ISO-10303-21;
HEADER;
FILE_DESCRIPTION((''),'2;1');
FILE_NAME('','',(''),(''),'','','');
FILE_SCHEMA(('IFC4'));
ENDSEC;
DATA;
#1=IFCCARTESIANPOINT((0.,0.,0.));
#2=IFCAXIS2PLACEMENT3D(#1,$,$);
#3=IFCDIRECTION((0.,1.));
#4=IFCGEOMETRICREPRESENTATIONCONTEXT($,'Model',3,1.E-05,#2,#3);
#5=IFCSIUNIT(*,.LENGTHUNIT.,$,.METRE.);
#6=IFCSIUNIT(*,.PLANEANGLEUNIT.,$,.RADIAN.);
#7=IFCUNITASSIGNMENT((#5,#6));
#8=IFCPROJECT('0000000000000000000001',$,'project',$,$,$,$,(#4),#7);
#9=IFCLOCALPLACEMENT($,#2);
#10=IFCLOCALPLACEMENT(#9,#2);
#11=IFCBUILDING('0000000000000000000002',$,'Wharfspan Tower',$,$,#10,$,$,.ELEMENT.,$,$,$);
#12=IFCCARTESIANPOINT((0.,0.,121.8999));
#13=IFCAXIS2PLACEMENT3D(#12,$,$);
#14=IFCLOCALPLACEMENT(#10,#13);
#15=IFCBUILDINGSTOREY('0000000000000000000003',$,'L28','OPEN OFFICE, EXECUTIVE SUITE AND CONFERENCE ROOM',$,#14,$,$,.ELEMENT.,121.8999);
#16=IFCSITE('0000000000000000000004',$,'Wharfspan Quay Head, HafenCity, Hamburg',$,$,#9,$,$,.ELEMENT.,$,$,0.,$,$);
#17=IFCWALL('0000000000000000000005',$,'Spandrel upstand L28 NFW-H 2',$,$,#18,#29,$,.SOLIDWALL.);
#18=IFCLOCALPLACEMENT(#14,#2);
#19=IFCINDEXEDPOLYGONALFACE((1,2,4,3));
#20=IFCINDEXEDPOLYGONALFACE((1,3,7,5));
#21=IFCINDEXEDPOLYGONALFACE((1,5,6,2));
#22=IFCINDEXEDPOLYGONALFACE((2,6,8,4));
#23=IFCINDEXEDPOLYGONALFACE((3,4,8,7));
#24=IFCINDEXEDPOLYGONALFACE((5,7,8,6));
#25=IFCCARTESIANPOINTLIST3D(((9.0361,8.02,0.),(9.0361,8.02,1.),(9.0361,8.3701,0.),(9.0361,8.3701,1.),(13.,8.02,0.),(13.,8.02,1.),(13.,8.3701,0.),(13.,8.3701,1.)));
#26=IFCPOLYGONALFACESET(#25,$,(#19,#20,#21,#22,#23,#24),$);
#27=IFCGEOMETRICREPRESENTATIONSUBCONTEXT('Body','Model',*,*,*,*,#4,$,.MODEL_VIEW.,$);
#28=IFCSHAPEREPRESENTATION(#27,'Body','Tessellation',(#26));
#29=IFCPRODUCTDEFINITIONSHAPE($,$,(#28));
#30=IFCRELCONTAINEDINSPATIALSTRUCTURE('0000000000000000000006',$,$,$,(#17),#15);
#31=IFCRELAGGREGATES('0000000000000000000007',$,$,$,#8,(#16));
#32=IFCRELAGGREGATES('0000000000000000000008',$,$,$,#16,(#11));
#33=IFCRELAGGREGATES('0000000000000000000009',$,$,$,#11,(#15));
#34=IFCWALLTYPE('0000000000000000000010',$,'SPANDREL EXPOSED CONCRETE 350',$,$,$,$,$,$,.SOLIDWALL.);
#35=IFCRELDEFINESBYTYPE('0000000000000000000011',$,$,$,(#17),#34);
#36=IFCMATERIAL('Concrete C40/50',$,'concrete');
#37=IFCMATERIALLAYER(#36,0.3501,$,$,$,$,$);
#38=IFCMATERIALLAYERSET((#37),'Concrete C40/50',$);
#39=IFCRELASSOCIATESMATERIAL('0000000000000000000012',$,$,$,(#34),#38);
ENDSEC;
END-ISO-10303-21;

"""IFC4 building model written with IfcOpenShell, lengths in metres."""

from ifc_helpers import new_model, si_unit, direction, frame, frame_2d, origin, place, context, subcontext, project, spatial, rectangle, extrude, material, layer, layer_set, type_object, element, save


model = new_model("IFC4")

# Units and contexts
model_context = context("Model", 3, precision=1e-05, world=origin(), true_north=direction((0.0, 1.0)))
body_context = subcontext(model_context, "Body", "Model", "MODEL_VIEW")
ifc_project = project(units=[si_unit("LENGTHUNIT", "METRE"), si_unit("PLANEANGLEUNIT", "RADIAN")], contexts=[model_context])

# Site, building, storey
site_placement = place(None, origin())
site = spatial("IfcSite", under=ifc_project, at=site_placement, Name="Wharfspan Quay Head, HafenCity, Hamburg", CompositionType="ELEMENT", RefElevation=0.0)
building_placement = place(site_placement, origin())
building = spatial("IfcBuilding", under=site, at=building_placement, Name="Wharfspan Tower", CompositionType="ELEMENT")
storey_placement = place(building_placement, frame((0.0, 0.0, 121.8999)))
storey = spatial("IfcBuildingStorey", under=building, at=storey_placement, Name="L28", Description="OPEN OFFICE, EXECUTIVE SUITE AND CONFERENCE ROOM", CompositionType="ELEMENT", Elevation=121.8999)

# Shared definitions
ifc_material_1 = material(Name="Concrete C40/50", Category="concrete")

# Wall
ifc_layer_1 = layer(ifc_material_1, 0.3501)
ifc_layer_set_1 = layer_set([ifc_layer_1], Name="Concrete C40/50")
wall_type_1 = type_object("IfcWallType", Name="SPANDREL EXPOSED CONCRETE 350", PredefinedType="SOLIDWALL", material=ifc_layer_set_1)
wall_1_placement = place(storey_placement, frame((9.0361, 8.1951, 0.0), z_axis=(0.0, 0.0, 1.0), x_axis=(1.0, 0.0, 0.0)))
element("IfcWall", 1, at=wall_1_placement, inside=storey, type_object=wall_type_1, Name="Spandrel upstand L28 NFW-H 2", PredefinedType="SOLIDWALL", context=body_context, shape_type="SweptSolid", body=[
    extrude(rectangle(XDim=3.9639, YDim=0.3501, at=frame_2d((1.9819, 0.0))), origin(), (0.0, 0.0, 1.0), 1.0),
])

save(model, "model.ifc")
